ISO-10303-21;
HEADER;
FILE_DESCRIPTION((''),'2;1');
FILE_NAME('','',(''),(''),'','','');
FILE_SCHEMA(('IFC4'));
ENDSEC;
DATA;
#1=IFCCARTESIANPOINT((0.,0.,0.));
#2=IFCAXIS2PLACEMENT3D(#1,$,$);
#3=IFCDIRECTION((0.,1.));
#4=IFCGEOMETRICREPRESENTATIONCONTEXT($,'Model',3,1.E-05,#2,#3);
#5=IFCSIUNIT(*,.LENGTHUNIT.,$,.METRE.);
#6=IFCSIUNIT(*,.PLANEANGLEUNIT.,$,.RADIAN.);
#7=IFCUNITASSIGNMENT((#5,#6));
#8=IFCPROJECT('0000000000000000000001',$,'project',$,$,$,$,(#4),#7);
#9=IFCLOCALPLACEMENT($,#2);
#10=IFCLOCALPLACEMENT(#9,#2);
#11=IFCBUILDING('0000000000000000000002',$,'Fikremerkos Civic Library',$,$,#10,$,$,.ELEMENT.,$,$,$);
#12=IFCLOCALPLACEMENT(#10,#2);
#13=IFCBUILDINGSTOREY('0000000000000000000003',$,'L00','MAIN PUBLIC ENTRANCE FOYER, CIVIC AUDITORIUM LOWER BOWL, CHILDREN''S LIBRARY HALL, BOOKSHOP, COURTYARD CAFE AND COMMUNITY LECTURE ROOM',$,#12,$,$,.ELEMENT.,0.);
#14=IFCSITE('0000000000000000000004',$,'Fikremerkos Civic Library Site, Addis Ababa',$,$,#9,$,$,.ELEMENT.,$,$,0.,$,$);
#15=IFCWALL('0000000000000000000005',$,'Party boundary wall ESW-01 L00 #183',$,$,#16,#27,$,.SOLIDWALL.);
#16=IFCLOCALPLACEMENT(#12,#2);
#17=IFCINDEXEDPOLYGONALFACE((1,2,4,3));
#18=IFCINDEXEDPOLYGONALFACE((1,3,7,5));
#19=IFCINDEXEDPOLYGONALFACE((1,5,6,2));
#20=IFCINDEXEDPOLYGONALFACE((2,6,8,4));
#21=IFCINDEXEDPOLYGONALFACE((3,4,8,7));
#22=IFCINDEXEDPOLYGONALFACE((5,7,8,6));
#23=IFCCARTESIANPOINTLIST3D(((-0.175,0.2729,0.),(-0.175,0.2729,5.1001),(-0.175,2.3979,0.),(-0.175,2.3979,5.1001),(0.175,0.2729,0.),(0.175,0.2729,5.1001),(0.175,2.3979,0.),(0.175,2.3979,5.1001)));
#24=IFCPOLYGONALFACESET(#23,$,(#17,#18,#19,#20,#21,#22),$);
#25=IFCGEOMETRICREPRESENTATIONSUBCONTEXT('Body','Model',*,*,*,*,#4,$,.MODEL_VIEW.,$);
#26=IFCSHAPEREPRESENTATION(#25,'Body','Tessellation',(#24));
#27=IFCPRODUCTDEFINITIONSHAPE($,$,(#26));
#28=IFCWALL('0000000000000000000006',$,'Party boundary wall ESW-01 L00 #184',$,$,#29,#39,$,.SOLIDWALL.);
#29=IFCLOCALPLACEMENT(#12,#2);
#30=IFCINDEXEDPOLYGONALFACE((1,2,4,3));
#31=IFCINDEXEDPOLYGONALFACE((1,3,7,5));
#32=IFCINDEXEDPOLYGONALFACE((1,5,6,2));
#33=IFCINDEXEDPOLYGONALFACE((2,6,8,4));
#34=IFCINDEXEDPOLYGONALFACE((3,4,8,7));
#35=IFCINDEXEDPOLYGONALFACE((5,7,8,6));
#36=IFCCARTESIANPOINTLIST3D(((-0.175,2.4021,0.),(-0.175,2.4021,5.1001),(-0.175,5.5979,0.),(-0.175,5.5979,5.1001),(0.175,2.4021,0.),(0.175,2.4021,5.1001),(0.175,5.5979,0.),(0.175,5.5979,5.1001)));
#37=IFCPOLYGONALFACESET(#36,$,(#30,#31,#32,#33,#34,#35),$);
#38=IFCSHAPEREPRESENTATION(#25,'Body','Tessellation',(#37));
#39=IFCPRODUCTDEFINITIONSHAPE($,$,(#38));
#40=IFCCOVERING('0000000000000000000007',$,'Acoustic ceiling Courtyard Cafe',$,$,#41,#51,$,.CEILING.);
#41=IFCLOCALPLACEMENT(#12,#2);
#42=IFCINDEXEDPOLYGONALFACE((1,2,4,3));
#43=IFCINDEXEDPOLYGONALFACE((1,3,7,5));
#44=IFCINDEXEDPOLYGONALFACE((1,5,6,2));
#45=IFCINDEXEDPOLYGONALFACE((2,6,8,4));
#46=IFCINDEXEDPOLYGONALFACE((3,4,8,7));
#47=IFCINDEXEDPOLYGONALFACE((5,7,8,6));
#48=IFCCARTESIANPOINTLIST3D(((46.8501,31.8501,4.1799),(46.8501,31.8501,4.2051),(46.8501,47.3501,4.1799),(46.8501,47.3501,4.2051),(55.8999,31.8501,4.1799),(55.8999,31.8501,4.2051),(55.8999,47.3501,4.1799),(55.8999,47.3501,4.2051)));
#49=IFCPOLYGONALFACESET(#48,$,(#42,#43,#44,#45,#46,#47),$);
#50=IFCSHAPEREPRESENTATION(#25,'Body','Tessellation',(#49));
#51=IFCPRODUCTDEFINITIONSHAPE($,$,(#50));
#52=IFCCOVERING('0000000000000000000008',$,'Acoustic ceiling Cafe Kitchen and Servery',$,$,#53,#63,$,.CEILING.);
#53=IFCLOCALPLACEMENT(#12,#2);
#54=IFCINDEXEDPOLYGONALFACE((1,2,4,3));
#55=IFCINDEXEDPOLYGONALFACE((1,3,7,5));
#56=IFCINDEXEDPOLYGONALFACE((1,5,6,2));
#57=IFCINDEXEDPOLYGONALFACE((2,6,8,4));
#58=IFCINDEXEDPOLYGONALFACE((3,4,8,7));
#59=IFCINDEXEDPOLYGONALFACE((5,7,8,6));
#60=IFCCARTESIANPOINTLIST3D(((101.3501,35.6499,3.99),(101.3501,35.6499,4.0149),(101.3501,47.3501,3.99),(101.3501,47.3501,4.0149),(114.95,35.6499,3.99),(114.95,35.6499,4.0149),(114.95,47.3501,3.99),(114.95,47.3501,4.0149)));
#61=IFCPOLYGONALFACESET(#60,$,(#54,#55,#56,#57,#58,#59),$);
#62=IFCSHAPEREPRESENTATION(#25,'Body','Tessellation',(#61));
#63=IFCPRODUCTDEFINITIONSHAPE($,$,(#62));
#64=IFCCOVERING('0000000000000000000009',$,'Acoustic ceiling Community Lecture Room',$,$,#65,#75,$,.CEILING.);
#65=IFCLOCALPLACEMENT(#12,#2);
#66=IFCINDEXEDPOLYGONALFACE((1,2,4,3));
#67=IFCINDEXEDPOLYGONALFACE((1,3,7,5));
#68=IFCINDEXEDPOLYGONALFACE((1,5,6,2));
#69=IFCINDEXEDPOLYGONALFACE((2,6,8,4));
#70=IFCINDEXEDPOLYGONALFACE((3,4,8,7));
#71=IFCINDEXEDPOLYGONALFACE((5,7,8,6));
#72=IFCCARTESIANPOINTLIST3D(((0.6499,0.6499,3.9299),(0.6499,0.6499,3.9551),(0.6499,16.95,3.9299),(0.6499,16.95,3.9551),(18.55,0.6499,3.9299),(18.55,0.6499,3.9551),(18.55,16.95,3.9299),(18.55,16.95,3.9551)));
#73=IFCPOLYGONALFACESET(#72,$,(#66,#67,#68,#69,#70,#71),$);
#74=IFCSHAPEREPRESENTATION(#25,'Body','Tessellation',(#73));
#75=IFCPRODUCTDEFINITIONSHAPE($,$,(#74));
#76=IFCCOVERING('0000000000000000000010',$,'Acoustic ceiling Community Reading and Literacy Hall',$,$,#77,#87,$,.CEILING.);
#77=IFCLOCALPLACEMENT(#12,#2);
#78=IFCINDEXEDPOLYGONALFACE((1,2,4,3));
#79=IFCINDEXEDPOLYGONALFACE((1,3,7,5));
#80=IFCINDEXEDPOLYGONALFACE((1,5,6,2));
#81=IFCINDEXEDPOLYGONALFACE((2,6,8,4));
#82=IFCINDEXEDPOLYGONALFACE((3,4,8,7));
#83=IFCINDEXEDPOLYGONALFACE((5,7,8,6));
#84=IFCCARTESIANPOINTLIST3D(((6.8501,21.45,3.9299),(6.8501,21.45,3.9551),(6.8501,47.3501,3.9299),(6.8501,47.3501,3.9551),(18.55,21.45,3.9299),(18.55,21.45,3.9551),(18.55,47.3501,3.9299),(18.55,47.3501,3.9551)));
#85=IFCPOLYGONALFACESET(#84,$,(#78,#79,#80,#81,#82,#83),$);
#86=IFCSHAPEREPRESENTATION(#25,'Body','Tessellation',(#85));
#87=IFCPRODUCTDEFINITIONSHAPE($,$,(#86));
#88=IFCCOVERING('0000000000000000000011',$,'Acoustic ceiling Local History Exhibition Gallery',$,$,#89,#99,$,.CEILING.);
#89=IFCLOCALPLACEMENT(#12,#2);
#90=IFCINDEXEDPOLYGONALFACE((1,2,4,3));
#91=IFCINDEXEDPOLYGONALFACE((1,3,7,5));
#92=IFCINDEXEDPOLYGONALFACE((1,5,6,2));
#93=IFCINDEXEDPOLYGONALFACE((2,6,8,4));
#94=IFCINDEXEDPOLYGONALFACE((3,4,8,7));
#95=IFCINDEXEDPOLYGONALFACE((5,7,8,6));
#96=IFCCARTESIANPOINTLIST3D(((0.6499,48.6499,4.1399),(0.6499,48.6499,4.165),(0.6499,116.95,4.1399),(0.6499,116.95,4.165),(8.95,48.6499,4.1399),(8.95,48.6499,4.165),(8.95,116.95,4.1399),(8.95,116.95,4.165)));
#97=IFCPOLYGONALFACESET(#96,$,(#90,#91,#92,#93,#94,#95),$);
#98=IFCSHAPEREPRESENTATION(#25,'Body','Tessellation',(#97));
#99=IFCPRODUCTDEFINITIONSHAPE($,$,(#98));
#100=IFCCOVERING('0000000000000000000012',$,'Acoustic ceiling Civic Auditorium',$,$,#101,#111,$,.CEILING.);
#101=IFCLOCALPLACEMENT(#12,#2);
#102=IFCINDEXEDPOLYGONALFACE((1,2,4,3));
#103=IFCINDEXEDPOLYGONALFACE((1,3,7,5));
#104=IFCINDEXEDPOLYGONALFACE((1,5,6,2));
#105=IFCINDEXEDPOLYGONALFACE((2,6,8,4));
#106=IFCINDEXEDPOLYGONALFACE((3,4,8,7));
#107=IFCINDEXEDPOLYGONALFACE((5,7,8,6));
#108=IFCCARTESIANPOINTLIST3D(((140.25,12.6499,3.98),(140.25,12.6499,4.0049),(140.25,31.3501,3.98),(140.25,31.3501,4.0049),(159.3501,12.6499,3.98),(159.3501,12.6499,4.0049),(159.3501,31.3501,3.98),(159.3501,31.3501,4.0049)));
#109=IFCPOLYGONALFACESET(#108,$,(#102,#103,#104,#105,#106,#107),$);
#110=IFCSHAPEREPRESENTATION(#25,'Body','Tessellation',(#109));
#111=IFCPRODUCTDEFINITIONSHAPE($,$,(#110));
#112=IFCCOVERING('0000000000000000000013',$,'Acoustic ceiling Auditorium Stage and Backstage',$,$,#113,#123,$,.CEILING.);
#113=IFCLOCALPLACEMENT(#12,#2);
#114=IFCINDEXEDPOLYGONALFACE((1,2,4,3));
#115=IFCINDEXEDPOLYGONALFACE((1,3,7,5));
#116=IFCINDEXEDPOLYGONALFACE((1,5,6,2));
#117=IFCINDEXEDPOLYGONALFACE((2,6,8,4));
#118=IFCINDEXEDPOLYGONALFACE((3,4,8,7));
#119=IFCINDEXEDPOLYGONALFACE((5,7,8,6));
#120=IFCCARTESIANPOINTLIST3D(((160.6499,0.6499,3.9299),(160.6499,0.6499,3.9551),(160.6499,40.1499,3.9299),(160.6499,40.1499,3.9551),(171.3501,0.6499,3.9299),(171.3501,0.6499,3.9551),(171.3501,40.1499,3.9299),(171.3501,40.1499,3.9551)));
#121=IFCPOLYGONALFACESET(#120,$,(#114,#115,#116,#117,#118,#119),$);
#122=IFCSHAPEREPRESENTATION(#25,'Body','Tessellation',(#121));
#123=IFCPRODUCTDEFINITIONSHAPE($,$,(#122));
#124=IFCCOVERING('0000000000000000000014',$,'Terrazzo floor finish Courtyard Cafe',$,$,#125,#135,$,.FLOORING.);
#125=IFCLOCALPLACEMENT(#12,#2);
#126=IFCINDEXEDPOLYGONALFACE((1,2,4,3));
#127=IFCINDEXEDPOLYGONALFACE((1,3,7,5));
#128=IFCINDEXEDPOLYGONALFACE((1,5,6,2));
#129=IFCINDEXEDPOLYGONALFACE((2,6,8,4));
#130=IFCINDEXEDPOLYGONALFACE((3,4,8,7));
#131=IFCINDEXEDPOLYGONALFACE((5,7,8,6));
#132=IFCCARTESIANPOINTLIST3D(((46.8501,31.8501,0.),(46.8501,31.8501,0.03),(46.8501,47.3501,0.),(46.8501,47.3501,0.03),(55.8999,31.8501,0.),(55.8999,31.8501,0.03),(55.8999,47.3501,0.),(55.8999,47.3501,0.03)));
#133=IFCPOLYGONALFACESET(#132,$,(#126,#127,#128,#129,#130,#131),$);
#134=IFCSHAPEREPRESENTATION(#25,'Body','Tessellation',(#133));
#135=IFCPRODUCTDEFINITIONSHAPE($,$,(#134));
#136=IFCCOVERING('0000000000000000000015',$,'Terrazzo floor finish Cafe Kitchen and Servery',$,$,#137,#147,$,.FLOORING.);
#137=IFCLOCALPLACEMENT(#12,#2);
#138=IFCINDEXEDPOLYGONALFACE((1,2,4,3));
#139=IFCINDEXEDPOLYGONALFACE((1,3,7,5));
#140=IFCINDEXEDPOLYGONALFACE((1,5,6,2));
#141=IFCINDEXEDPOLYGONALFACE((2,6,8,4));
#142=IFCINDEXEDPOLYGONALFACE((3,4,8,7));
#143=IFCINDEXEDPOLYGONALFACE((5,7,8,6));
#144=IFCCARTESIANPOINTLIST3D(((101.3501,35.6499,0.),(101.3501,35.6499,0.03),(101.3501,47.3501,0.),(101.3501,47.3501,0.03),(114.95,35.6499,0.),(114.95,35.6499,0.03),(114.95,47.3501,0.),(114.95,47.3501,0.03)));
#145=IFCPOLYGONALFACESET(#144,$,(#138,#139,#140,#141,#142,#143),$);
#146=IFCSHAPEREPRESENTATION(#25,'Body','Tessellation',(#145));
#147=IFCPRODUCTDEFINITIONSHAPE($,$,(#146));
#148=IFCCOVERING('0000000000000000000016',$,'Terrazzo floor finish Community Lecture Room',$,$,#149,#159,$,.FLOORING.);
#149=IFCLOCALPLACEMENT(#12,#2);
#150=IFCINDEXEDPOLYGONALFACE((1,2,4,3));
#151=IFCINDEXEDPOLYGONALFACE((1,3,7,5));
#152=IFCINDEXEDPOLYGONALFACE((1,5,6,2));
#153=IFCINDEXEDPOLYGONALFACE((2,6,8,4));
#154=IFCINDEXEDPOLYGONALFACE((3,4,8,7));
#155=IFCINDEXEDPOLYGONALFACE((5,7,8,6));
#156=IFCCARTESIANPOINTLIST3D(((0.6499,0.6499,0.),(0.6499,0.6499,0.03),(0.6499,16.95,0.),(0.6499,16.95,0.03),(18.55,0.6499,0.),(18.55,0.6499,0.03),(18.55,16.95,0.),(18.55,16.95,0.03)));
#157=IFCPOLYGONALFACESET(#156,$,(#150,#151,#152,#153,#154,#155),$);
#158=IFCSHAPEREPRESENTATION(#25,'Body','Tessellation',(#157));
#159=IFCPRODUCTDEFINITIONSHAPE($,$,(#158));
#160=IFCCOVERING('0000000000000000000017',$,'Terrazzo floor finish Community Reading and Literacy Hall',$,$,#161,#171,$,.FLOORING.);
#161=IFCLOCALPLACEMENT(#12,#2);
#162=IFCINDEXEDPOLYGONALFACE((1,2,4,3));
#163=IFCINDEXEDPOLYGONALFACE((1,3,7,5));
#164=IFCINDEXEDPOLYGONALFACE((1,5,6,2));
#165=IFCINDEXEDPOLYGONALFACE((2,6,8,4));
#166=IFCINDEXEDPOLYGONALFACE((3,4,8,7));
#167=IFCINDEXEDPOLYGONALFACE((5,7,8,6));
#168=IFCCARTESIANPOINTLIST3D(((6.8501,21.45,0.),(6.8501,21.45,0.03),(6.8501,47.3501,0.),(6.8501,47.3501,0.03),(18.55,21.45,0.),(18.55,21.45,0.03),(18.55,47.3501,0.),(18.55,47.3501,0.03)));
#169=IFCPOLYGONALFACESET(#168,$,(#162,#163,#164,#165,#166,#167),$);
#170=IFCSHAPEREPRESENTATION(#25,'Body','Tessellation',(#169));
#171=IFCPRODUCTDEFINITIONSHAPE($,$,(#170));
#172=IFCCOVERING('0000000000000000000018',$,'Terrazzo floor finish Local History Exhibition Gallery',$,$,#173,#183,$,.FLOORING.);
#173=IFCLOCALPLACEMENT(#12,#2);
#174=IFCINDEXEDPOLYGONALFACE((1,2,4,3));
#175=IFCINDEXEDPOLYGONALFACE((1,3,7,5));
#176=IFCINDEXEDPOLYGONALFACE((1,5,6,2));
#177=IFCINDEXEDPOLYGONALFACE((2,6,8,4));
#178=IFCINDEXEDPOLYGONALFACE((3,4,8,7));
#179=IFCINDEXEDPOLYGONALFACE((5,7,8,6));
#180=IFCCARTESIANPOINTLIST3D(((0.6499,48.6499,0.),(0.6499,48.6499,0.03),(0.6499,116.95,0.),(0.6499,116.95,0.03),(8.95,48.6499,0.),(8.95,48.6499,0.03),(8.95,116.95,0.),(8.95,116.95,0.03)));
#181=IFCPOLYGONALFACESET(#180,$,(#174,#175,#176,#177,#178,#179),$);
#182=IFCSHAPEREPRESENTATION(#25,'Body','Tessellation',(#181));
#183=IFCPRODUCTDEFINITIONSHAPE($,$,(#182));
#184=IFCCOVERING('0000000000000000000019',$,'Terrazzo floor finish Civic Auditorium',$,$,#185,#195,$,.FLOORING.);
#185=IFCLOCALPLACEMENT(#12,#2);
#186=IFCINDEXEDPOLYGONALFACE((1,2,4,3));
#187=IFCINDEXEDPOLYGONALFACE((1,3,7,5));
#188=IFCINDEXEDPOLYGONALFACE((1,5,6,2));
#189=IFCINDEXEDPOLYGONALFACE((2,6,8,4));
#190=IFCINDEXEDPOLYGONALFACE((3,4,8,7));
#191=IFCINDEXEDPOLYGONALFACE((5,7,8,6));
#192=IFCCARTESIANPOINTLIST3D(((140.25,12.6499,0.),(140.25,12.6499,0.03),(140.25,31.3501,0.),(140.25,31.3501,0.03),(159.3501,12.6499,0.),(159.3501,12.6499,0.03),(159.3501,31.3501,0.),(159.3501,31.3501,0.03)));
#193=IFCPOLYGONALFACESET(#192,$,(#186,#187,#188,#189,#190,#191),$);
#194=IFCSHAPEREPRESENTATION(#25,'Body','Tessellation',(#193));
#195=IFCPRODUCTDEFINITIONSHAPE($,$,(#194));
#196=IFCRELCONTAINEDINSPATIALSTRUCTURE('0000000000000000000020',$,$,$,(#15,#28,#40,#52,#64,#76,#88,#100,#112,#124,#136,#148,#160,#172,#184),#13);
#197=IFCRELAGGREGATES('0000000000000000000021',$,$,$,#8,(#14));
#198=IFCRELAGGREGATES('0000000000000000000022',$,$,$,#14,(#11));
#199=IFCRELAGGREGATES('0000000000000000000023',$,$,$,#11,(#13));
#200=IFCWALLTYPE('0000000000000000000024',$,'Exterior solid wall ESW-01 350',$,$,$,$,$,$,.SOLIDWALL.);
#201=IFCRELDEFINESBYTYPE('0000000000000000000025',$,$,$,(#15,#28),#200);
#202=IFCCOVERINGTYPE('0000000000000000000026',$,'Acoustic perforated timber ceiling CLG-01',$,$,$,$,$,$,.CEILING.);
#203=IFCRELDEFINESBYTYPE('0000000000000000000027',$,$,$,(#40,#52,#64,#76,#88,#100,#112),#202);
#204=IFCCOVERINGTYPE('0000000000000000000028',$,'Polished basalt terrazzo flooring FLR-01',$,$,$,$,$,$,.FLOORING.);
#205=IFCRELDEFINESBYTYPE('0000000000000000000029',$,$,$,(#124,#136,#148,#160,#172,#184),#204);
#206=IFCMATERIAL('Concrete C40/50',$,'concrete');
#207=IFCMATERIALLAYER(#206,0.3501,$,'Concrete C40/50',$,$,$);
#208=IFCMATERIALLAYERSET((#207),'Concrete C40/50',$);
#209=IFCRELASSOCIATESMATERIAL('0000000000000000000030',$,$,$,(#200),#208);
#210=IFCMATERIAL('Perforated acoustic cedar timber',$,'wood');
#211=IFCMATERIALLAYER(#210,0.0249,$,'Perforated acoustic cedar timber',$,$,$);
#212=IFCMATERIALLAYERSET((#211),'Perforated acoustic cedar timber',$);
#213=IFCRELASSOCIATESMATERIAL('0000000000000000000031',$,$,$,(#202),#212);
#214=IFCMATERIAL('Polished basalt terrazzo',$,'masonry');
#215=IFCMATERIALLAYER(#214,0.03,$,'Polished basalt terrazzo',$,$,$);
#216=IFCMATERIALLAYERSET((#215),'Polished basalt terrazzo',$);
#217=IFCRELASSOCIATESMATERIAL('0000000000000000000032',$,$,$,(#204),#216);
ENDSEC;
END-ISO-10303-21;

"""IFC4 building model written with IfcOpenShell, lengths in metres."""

from ifc_helpers import new_model, si_unit, direction, frame, frame_2d, origin, place, context, subcontext, project, spatial, polyline, rectangle, outline, extrude, material, layer, layer_set, type_object, element, save


model = new_model("IFC4")

# Units and contexts
model_context = context("Model", 3, precision=1e-05, world=origin(), true_north=direction((0.0, 1.0)))
body_context = subcontext(model_context, "Body", "Model", "MODEL_VIEW")
ifc_project = project(units=[si_unit("LENGTHUNIT", "METRE"), si_unit("PLANEANGLEUNIT", "RADIAN")], contexts=[model_context])

# Site, building, storey
site_placement = place(None, origin())
site = spatial("IfcSite", under=ifc_project, at=site_placement, Name="Fikremerkos Civic Library Site, Addis Ababa", CompositionType="ELEMENT", RefElevation=0.0)
building_placement = place(site_placement, origin())
building = spatial("IfcBuilding", under=site, at=building_placement, Name="Fikremerkos Civic Library", CompositionType="ELEMENT")
storey_placement = place(building_placement, origin())
storey = spatial("IfcBuildingStorey", under=building, at=storey_placement, Name="L00", Description="MAIN PUBLIC ENTRANCE FOYER, CIVIC AUDITORIUM LOWER BOWL, CHILDREN'S LIBRARY HALL, BOOKSHOP, COURTYARD CAFE AND COMMUNITY LECTURE ROOM", CompositionType="ELEMENT", Elevation=0.0)

# Walls
ifc_material_1 = material(Name="Concrete C40/50", Category="concrete")
ifc_layer_1 = layer(ifc_material_1, 0.3501, Name="Concrete C40/50")
ifc_layer_set_1 = layer_set([ifc_layer_1], Name="Concrete C40/50")
wall_type = type_object("IfcWallType", Name="Exterior solid wall ESW-01 350", PredefinedType="SOLIDWALL", material=ifc_layer_set_1)
wall_1_placement = place(storey_placement, frame((0.0, 0.2729, 0.0), z_axis=(0.0, 0.0, 1.0), x_axis=(0.0, 1.0, 0.0)))
element("IfcWall", 1, at=wall_1_placement, inside=storey, type_object=wall_type, Name="Party boundary wall ESW-01 L00 #183", PredefinedType="SOLIDWALL", context=body_context, shape_type="SweptSolid", body=[
    extrude(rectangle(XDim=2.125, YDim=0.3501, at=frame_2d((1.0625, 0.0))), origin(), (0.0, 0.0, 1.0), 5.1001),
])
wall_2_placement = place(storey_placement, frame((0.0, 2.4021, 0.0), z_axis=(0.0, 0.0, 1.0), x_axis=(0.0, 1.0, 0.0)))
element("IfcWall", 2, at=wall_2_placement, inside=storey, type_object=wall_type, Name="Party boundary wall ESW-01 L00 #184", PredefinedType="SOLIDWALL", context=body_context, shape_type="SweptSolid", body=[
    extrude(rectangle(XDim=3.1958, YDim=0.3501, at=frame_2d((1.5979, 0.0))), origin(), (0.0, 0.0, 1.0), 5.1001),
])

# Coverings
ifc_material_2 = material(Name="Perforated acoustic cedar timber", Category="wood")
ifc_layer_2 = layer(ifc_material_2, 0.0249, Name="Perforated acoustic cedar timber")
ifc_layer_set_2 = layer_set([ifc_layer_2], Name="Perforated acoustic cedar timber")
covering_type_1 = type_object("IfcCoveringType", Name="Acoustic perforated timber ceiling CLG-01", PredefinedType="CEILING", material=ifc_layer_set_2)
covering_1_placement = place(storey_placement, frame((0.0, 0.0, 4.1799)))
element("IfcCovering", 3, at=covering_1_placement, inside=storey, type_object=covering_type_1, Name="Acoustic ceiling Courtyard Cafe", PredefinedType="CEILING", context=body_context, shape_type="SweptSolid", body=[
    extrude(outline(polyline([(46.8501, 47.3501), (55.8999, 47.3501), (55.8999, 31.8501), (46.8501, 31.8501), (46.8501, 47.3501)])), origin(), (0.0, 0.0, 1.0), 0.0251),
])
covering_2_placement = place(storey_placement, frame((0.0, 0.0, 3.99)))
element("IfcCovering", 4, at=covering_2_placement, inside=storey, type_object=covering_type_1, Name="Acoustic ceiling Cafe Kitchen and Servery", PredefinedType="CEILING", context=body_context, shape_type="SweptSolid", body=[
    extrude(outline(polyline([(101.3501, 47.3501), (114.95, 47.3501), (114.95, 35.6499), (101.3501, 35.6499), (101.3501, 47.3501)])), origin(), (0.0, 0.0, 1.0), 0.0249),
])
covering_3_placement = place(storey_placement, frame((0.0, 0.0, 3.9299)))
element("IfcCovering", 5, at=covering_3_placement, inside=storey, type_object=covering_type_1, Name="Acoustic ceiling Community Lecture Room", PredefinedType="CEILING", context=body_context, shape_type="SweptSolid", body=[
    extrude(outline(polyline([(0.6499, 16.95), (18.55, 16.95), (18.55, 0.6499), (0.6499, 0.6499), (0.6499, 16.95)])), origin(), (0.0, 0.0, 1.0), 0.0251),
])
covering_4_placement = place(storey_placement, frame((0.0, 0.0, 3.9299)))
element("IfcCovering", 6, at=covering_4_placement, inside=storey, type_object=covering_type_1, Name="Acoustic ceiling Community Reading and Literacy Hall", PredefinedType="CEILING", context=body_context, shape_type="SweptSolid", body=[
    extrude(outline(polyline([(6.8501, 47.3501), (18.55, 47.3501), (18.55, 21.45), (6.8501, 21.45), (6.8501, 47.3501)])), origin(), (0.0, 0.0, 1.0), 0.0251),
])
covering_5_placement = place(storey_placement, frame((0.0, 0.0, 4.1399)))
element("IfcCovering", 7, at=covering_5_placement, inside=storey, type_object=covering_type_1, Name="Acoustic ceiling Local History Exhibition Gallery", PredefinedType="CEILING", context=body_context, shape_type="SweptSolid", body=[
    extrude(outline(polyline([(0.6499, 116.95), (8.95, 116.95), (8.95, 48.6499), (0.6499, 48.6499), (0.6499, 116.95)])), origin(), (0.0, 0.0, 1.0), 0.0251),
])
covering_6_placement = place(storey_placement, frame((0.0, 0.0, 3.98)))
element("IfcCovering", 8, at=covering_6_placement, inside=storey, type_object=covering_type_1, Name="Acoustic ceiling Civic Auditorium", PredefinedType="CEILING", context=body_context, shape_type="SweptSolid", body=[
    extrude(outline(polyline([(140.25, 31.3501), (159.3501, 31.3501), (159.3501, 12.6499), (140.25, 12.6499), (140.25, 31.3501)])), origin(), (0.0, 0.0, 1.0), 0.0249),
])
covering_7_placement = place(storey_placement, frame((0.0, 0.0, 3.9299)))
element("IfcCovering", 9, at=covering_7_placement, inside=storey, type_object=covering_type_1, Name="Acoustic ceiling Auditorium Stage and Backstage", PredefinedType="CEILING", context=body_context, shape_type="SweptSolid", body=[
    extrude(outline(polyline([(160.6499, 40.1499), (171.3501, 40.1499), (171.3501, 0.6499), (160.6499, 0.6499), (160.6499, 40.1499)])), origin(), (0.0, 0.0, 1.0), 0.0251),
])
ifc_material_3 = material(Name="Polished basalt terrazzo", Category="masonry")
ifc_layer_3 = layer(ifc_material_3, 0.03, Name="Polished basalt terrazzo")
ifc_layer_set_3 = layer_set([ifc_layer_3], Name="Polished basalt terrazzo")
covering_type_2 = type_object("IfcCoveringType", Name="Polished basalt terrazzo flooring FLR-01", PredefinedType="FLOORING", material=ifc_layer_set_3)
covering_8_placement = place(storey_placement, origin())
element("IfcCovering", 10, at=covering_8_placement, inside=storey, type_object=covering_type_2, Name="Terrazzo floor finish Courtyard Cafe", PredefinedType="FLOORING", context=body_context, shape_type="SweptSolid", body=[
    extrude(outline(polyline([(46.8501, 47.3501), (55.8999, 47.3501), (55.8999, 31.8501), (46.8501, 31.8501), (46.8501, 47.3501)])), origin(), (0.0, 0.0, 1.0), 0.03),
])
covering_9_placement = place(storey_placement, origin())
element("IfcCovering", 11, at=covering_9_placement, inside=storey, type_object=covering_type_2, Name="Terrazzo floor finish Cafe Kitchen and Servery", PredefinedType="FLOORING", context=body_context, shape_type="SweptSolid", body=[
    extrude(outline(polyline([(101.3501, 47.3501), (114.95, 47.3501), (114.95, 35.6499), (101.3501, 35.6499), (101.3501, 47.3501)])), origin(), (0.0, 0.0, 1.0), 0.03),
])
covering_10_placement = place(storey_placement, origin())
element("IfcCovering", 12, at=covering_10_placement, inside=storey, type_object=covering_type_2, Name="Terrazzo floor finish Community Lecture Room", PredefinedType="FLOORING", context=body_context, shape_type="SweptSolid", body=[
    extrude(outline(polyline([(0.6499, 16.95), (18.55, 16.95), (18.55, 0.6499), (0.6499, 0.6499), (0.6499, 16.95)])), origin(), (0.0, 0.0, 1.0), 0.03),
])
covering_11_placement = place(storey_placement, origin())
element("IfcCovering", 13, at=covering_11_placement, inside=storey, type_object=covering_type_2, Name="Terrazzo floor finish Community Reading and Literacy Hall", PredefinedType="FLOORING", context=body_context, shape_type="SweptSolid", body=[
    extrude(outline(polyline([(6.8501, 47.3501), (18.55, 47.3501), (18.55, 21.45), (6.8501, 21.45), (6.8501, 47.3501)])), origin(), (0.0, 0.0, 1.0), 0.03),
])
covering_12_placement = place(storey_placement, origin())
element("IfcCovering", 14, at=covering_12_placement, inside=storey, type_object=covering_type_2, Name="Terrazzo floor finish Local History Exhibition Gallery", PredefinedType="FLOORING", context=body_context, shape_type="SweptSolid", body=[
    extrude(outline(polyline([(0.6499, 116.95), (8.95, 116.95), (8.95, 48.6499), (0.6499, 48.6499), (0.6499, 116.95)])), origin(), (0.0, 0.0, 1.0), 0.03),
])
covering_13_placement = place(storey_placement, origin())
element("IfcCovering", 15, at=covering_13_placement, inside=storey, type_object=covering_type_2, Name="Terrazzo floor finish Civic Auditorium", PredefinedType="FLOORING", context=body_context, shape_type="SweptSolid", body=[
    extrude(outline(polyline([(140.25, 31.3501), (159.3501, 31.3501), (159.3501, 12.6499), (140.25, 12.6499), (140.25, 31.3501)])), origin(), (0.0, 0.0, 1.0), 0.03),
])

save(model, "model.ifc")
